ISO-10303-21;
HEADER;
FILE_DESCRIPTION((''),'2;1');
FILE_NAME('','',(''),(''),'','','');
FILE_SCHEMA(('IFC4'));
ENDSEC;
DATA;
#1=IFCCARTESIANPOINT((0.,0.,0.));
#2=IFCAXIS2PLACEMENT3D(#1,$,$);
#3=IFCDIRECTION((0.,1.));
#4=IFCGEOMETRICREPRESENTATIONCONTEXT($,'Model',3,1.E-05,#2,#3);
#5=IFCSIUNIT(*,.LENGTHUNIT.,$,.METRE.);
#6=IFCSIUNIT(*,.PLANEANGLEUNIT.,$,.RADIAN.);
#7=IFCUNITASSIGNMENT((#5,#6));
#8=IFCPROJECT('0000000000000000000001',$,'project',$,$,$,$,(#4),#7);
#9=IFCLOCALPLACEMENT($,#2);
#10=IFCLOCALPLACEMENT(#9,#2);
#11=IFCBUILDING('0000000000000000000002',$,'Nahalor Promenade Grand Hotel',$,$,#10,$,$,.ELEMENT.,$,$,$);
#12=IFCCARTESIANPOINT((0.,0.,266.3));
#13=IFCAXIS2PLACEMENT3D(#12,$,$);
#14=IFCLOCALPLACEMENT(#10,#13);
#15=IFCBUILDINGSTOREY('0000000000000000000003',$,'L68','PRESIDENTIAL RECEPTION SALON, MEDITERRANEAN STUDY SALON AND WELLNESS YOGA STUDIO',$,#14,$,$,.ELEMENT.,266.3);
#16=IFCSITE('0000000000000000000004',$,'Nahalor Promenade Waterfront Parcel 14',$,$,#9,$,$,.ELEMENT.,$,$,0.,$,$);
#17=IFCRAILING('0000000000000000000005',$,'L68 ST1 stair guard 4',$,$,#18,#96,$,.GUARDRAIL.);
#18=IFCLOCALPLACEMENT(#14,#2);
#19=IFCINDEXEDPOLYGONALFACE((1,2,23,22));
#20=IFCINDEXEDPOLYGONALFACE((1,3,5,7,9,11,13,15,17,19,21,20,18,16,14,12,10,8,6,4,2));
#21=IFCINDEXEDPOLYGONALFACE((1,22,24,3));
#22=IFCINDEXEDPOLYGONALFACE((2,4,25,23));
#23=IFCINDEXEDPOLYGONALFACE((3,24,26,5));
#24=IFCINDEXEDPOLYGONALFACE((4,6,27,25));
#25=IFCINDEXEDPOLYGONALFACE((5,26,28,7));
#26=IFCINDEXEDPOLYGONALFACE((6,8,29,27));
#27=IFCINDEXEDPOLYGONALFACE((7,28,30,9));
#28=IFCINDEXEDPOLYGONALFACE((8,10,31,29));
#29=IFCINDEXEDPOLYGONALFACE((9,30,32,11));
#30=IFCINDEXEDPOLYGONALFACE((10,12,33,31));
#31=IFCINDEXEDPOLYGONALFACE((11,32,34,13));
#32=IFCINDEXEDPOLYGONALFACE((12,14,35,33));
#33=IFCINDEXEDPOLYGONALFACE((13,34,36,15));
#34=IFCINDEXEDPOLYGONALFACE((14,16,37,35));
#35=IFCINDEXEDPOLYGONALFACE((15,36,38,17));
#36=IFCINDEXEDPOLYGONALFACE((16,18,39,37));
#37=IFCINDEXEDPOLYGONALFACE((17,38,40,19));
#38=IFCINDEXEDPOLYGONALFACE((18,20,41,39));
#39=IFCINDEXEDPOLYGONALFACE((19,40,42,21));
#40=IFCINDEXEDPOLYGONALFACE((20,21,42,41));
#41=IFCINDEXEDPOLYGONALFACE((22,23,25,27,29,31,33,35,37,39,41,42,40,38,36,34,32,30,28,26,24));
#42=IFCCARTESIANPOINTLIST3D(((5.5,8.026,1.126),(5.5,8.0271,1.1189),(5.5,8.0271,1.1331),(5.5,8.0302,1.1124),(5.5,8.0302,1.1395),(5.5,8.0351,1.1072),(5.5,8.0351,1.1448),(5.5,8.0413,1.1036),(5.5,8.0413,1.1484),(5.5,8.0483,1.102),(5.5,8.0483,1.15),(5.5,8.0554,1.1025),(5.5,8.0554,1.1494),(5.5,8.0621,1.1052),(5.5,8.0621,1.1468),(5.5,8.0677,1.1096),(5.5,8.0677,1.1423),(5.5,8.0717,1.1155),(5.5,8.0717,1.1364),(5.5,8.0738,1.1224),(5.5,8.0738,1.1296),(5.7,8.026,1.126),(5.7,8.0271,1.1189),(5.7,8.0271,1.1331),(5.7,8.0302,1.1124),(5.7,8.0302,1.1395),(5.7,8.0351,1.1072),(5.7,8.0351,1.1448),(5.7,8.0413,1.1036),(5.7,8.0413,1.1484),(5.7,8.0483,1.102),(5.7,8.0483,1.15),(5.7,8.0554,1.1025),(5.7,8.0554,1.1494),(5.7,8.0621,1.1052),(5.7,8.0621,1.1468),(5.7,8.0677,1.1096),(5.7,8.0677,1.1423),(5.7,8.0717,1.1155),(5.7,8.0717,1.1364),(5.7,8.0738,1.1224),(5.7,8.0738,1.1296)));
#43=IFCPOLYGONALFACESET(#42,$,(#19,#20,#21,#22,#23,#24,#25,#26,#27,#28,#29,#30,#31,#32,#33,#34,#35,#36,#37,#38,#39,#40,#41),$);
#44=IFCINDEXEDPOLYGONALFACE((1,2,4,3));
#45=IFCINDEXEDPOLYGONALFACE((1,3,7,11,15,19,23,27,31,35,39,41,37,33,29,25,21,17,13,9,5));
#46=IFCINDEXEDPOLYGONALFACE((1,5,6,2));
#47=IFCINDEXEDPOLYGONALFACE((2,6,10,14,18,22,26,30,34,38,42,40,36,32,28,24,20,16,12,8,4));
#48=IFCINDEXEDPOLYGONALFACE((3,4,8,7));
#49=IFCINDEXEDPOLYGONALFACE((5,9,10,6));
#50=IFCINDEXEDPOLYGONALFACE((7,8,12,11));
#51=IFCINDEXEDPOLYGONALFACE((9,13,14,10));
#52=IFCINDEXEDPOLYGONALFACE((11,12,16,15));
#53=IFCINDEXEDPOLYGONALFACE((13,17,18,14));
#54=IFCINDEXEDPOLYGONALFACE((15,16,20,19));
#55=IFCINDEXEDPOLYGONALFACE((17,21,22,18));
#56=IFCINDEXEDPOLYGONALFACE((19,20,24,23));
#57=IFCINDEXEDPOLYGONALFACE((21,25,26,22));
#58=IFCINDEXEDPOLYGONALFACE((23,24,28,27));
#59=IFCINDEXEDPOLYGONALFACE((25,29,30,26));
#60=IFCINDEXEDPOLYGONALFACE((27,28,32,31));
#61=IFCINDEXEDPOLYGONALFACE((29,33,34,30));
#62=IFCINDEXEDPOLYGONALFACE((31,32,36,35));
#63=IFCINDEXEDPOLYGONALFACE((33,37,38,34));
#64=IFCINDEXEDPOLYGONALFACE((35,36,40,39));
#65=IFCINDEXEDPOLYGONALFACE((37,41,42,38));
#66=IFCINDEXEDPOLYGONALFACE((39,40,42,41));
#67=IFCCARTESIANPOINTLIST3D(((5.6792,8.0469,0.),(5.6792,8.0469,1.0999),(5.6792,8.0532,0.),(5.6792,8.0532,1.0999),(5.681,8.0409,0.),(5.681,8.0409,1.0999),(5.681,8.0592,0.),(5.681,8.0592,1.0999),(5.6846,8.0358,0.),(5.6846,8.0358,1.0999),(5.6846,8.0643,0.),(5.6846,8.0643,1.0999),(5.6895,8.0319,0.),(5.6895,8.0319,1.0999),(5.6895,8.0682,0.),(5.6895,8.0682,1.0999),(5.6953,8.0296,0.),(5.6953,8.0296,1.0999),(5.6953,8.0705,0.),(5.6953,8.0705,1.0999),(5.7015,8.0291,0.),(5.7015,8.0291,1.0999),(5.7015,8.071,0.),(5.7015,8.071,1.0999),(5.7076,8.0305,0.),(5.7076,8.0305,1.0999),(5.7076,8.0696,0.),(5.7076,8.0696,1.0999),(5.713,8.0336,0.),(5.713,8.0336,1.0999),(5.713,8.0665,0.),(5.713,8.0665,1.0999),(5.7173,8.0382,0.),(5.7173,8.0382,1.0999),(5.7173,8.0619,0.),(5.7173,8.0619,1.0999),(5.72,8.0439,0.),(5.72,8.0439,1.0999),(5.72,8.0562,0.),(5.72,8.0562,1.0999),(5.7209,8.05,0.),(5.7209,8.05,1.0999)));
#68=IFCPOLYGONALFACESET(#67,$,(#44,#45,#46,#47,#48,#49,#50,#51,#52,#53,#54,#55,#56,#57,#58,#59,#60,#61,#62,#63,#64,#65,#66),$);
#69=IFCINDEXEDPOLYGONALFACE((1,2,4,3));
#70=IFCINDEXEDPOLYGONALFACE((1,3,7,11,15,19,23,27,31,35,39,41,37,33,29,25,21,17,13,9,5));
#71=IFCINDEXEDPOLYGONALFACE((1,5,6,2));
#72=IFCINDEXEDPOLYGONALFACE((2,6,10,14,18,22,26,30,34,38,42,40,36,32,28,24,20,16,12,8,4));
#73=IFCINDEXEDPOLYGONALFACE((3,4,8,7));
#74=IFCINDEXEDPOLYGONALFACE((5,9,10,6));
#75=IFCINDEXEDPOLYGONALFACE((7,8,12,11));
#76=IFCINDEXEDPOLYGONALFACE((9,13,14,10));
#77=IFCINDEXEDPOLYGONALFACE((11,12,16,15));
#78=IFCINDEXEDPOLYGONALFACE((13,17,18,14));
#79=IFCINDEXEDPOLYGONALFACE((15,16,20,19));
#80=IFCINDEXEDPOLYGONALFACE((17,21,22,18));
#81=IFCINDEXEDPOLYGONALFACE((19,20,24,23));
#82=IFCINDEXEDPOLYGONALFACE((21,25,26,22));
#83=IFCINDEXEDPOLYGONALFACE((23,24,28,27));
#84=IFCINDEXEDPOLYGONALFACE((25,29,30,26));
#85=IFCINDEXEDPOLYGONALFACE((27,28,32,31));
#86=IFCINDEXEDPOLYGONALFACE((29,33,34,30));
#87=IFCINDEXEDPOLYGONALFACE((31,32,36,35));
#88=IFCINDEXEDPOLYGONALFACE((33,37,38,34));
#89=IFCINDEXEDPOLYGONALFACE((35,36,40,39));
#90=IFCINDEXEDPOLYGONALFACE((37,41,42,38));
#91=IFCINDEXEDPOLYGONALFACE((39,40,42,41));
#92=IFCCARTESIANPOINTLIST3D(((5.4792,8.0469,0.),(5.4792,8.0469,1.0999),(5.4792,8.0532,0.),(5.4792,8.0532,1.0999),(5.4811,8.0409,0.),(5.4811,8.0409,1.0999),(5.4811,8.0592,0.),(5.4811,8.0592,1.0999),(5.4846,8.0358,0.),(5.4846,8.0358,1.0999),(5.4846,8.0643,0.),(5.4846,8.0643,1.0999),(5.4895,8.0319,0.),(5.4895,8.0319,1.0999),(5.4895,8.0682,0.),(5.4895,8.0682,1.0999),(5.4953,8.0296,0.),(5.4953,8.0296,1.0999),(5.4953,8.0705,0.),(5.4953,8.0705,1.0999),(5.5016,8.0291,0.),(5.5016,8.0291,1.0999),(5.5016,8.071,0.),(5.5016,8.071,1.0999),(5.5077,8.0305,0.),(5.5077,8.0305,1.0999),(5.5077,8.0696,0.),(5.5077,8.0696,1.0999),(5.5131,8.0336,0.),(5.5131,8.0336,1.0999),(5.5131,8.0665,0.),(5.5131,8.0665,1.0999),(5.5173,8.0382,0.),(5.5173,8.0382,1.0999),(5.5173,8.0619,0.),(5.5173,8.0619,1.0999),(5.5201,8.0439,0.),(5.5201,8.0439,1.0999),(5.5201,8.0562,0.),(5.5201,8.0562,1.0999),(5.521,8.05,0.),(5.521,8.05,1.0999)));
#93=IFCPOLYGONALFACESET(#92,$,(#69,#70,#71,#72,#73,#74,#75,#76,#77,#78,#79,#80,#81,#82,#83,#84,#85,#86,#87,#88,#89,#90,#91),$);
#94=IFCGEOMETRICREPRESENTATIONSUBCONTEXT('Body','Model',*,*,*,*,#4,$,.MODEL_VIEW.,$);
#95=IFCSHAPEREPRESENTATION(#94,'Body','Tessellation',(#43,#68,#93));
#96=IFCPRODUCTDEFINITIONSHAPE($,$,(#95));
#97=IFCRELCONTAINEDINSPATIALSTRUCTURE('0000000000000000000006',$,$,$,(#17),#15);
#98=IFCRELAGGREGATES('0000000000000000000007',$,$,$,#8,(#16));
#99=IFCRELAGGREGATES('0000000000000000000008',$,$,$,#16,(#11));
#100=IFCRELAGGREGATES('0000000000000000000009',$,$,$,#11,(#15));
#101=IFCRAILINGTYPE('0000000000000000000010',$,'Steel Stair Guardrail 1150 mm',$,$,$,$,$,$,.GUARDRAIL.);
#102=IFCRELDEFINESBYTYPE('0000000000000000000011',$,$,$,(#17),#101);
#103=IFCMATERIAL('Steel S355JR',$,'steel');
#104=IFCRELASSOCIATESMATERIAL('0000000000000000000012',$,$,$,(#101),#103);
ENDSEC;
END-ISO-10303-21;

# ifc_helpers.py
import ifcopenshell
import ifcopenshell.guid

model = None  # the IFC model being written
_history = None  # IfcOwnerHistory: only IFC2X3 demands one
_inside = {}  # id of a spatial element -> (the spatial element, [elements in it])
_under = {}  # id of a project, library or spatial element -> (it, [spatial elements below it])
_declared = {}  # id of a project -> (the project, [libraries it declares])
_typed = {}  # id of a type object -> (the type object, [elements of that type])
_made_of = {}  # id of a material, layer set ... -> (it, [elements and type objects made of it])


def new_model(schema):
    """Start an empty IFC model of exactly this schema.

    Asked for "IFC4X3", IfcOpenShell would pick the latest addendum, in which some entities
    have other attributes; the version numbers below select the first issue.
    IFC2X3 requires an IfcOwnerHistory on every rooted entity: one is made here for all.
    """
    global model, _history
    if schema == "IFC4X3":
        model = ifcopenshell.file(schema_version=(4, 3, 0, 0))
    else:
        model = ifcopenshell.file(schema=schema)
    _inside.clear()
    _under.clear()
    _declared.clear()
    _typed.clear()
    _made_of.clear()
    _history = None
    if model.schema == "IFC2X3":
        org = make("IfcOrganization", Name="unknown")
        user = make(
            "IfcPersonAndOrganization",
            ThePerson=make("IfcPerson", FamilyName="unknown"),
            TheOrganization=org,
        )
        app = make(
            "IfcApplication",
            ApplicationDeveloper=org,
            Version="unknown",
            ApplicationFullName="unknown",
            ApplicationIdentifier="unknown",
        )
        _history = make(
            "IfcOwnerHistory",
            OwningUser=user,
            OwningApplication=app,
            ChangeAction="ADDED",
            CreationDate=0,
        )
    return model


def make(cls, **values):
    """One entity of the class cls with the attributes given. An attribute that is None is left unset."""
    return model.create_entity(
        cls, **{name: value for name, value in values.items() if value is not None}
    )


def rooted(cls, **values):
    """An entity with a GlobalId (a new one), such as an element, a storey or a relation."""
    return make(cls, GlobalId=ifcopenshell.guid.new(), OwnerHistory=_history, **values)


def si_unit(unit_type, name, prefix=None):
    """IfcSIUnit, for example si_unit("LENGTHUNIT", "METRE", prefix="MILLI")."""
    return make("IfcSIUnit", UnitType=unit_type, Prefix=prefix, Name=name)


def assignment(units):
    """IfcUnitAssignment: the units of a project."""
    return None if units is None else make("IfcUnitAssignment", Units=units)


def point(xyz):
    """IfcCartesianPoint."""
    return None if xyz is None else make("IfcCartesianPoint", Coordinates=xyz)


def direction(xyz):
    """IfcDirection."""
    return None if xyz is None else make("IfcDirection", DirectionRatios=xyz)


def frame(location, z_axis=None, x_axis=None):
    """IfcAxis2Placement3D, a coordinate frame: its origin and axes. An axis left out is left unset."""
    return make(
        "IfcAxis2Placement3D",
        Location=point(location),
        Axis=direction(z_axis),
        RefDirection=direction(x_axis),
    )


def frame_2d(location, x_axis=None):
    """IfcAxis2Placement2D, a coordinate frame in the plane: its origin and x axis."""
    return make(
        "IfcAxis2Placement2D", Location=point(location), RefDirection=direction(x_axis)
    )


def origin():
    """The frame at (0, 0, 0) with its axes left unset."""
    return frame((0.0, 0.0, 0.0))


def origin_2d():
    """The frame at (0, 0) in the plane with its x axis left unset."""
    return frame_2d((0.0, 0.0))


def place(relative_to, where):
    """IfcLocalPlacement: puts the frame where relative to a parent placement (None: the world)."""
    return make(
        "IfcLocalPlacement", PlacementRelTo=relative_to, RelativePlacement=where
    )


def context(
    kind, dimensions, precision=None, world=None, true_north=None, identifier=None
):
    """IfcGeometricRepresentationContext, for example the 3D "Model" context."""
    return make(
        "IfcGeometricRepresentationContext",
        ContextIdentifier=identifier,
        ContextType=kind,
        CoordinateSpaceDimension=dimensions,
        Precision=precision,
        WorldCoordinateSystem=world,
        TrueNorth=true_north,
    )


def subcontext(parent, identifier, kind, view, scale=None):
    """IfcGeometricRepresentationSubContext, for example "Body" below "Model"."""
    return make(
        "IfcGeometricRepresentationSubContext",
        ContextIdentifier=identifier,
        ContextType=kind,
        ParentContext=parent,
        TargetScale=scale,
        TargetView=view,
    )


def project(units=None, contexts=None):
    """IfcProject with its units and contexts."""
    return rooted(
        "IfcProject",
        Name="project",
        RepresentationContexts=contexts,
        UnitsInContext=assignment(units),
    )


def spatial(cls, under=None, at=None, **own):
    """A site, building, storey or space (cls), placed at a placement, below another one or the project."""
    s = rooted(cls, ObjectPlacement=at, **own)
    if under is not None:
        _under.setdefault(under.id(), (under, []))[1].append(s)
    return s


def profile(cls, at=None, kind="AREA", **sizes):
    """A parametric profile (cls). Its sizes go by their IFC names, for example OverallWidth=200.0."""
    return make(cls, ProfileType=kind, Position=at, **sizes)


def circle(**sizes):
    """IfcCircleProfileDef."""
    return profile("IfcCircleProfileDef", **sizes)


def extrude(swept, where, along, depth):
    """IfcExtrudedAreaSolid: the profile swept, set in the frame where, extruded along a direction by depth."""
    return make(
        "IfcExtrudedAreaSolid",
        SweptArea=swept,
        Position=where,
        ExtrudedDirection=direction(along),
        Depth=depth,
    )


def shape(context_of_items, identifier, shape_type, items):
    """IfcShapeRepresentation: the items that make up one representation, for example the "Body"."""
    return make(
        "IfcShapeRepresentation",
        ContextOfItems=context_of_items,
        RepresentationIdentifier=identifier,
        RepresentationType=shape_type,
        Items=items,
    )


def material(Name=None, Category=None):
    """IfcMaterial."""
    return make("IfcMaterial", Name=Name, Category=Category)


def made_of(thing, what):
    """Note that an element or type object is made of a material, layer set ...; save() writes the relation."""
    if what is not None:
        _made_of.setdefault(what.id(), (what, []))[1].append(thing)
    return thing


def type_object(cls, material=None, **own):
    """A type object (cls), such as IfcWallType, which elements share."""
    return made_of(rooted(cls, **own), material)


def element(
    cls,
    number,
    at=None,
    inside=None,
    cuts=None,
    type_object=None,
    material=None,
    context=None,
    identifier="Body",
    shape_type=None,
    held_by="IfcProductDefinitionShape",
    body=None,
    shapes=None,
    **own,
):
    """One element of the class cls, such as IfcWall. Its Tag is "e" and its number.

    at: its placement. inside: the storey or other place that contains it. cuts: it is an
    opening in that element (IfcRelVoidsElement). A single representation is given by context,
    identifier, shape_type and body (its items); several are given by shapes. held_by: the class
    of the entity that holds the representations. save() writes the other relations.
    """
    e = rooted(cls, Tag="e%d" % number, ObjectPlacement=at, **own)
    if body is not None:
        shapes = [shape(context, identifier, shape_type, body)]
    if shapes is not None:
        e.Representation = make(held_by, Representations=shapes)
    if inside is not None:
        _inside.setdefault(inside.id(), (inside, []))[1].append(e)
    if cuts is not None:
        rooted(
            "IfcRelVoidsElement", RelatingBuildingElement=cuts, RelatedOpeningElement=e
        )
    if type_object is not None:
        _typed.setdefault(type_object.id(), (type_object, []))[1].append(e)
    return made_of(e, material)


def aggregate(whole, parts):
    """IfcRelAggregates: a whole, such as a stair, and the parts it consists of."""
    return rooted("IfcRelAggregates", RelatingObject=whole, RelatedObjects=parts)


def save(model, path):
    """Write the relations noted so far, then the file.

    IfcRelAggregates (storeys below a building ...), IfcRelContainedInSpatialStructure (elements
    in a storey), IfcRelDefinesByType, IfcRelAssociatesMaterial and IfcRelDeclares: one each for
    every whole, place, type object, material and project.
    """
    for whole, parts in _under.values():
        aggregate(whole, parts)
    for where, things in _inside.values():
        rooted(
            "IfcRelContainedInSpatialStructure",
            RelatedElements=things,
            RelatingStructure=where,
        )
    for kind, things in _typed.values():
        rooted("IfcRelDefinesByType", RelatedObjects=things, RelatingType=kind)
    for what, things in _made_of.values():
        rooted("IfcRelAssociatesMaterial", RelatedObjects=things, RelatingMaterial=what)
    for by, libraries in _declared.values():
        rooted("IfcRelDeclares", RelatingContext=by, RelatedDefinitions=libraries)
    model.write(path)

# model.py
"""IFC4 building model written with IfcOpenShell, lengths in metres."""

from ifc_helpers import new_model, si_unit, direction, frame, origin, origin_2d, place, context, subcontext, project, spatial, circle, extrude, material, type_object, element, save


model = new_model("IFC4")

# Units and contexts
model_context = context("Model", 3, precision=1e-05, world=origin(), true_north=direction((0.0, 1.0)))
body_context = subcontext(model_context, "Body", "Model", "MODEL_VIEW")
ifc_project = project(units=[si_unit("LENGTHUNIT", "METRE"), si_unit("PLANEANGLEUNIT", "RADIAN")], contexts=[model_context])

# Site, building, storey
site_placement = place(None, origin())
site = spatial("IfcSite", under=ifc_project, at=site_placement, Name="Nahalor Promenade Waterfront Parcel 14", CompositionType="ELEMENT", RefElevation=0.0)
building_placement = place(site_placement, origin())
building = spatial("IfcBuilding", under=site, at=building_placement, Name="Nahalor Promenade Grand Hotel", CompositionType="ELEMENT")
storey_placement = place(building_placement, frame((0.0, 0.0, 266.3)))
storey = spatial("IfcBuildingStorey", under=building, at=storey_placement, Name="L68", Description="PRESIDENTIAL RECEPTION SALON, MEDITERRANEAN STUDY SALON AND WELLNESS YOGA STUDIO", CompositionType="ELEMENT", Elevation=266.3)

# Shared definitions
ifc_material_1 = material(Name="Steel S355JR", Category="steel")

# Railing
railing_type_1 = type_object("IfcRailingType", Name="Steel Stair Guardrail 1150 mm", PredefinedType="GUARDRAIL", material=ifc_material_1)
railing_1_placement = place(storey_placement, frame((5.7, 8.05, 0.0)))
element("IfcRailing", 1, at=railing_1_placement, inside=storey, type_object=railing_type_1, Name="L68 ST1 stair guard 4", PredefinedType="GUARDRAIL", context=body_context, shape_type="SweptSolid", body=[
    extrude(circle(Radius=0.024, at=origin_2d()), frame((0.0, 0.0, 1.126), z_axis=(-1.0, 0.0, 0.0), x_axis=(0.0, -1.0, 0.0)), (0.0, 0.0, 1.0), 0.2),
    extrude(circle(Radius=0.021, at=origin_2d()), origin(), (0.0, 0.0, 1.0), 1.0999),
    extrude(circle(Radius=0.021, at=origin_2d()), frame((-0.2, 0.0, 0.0)), (0.0, 0.0, 1.0), 1.0999),
])

save(model, "model.ifc")
